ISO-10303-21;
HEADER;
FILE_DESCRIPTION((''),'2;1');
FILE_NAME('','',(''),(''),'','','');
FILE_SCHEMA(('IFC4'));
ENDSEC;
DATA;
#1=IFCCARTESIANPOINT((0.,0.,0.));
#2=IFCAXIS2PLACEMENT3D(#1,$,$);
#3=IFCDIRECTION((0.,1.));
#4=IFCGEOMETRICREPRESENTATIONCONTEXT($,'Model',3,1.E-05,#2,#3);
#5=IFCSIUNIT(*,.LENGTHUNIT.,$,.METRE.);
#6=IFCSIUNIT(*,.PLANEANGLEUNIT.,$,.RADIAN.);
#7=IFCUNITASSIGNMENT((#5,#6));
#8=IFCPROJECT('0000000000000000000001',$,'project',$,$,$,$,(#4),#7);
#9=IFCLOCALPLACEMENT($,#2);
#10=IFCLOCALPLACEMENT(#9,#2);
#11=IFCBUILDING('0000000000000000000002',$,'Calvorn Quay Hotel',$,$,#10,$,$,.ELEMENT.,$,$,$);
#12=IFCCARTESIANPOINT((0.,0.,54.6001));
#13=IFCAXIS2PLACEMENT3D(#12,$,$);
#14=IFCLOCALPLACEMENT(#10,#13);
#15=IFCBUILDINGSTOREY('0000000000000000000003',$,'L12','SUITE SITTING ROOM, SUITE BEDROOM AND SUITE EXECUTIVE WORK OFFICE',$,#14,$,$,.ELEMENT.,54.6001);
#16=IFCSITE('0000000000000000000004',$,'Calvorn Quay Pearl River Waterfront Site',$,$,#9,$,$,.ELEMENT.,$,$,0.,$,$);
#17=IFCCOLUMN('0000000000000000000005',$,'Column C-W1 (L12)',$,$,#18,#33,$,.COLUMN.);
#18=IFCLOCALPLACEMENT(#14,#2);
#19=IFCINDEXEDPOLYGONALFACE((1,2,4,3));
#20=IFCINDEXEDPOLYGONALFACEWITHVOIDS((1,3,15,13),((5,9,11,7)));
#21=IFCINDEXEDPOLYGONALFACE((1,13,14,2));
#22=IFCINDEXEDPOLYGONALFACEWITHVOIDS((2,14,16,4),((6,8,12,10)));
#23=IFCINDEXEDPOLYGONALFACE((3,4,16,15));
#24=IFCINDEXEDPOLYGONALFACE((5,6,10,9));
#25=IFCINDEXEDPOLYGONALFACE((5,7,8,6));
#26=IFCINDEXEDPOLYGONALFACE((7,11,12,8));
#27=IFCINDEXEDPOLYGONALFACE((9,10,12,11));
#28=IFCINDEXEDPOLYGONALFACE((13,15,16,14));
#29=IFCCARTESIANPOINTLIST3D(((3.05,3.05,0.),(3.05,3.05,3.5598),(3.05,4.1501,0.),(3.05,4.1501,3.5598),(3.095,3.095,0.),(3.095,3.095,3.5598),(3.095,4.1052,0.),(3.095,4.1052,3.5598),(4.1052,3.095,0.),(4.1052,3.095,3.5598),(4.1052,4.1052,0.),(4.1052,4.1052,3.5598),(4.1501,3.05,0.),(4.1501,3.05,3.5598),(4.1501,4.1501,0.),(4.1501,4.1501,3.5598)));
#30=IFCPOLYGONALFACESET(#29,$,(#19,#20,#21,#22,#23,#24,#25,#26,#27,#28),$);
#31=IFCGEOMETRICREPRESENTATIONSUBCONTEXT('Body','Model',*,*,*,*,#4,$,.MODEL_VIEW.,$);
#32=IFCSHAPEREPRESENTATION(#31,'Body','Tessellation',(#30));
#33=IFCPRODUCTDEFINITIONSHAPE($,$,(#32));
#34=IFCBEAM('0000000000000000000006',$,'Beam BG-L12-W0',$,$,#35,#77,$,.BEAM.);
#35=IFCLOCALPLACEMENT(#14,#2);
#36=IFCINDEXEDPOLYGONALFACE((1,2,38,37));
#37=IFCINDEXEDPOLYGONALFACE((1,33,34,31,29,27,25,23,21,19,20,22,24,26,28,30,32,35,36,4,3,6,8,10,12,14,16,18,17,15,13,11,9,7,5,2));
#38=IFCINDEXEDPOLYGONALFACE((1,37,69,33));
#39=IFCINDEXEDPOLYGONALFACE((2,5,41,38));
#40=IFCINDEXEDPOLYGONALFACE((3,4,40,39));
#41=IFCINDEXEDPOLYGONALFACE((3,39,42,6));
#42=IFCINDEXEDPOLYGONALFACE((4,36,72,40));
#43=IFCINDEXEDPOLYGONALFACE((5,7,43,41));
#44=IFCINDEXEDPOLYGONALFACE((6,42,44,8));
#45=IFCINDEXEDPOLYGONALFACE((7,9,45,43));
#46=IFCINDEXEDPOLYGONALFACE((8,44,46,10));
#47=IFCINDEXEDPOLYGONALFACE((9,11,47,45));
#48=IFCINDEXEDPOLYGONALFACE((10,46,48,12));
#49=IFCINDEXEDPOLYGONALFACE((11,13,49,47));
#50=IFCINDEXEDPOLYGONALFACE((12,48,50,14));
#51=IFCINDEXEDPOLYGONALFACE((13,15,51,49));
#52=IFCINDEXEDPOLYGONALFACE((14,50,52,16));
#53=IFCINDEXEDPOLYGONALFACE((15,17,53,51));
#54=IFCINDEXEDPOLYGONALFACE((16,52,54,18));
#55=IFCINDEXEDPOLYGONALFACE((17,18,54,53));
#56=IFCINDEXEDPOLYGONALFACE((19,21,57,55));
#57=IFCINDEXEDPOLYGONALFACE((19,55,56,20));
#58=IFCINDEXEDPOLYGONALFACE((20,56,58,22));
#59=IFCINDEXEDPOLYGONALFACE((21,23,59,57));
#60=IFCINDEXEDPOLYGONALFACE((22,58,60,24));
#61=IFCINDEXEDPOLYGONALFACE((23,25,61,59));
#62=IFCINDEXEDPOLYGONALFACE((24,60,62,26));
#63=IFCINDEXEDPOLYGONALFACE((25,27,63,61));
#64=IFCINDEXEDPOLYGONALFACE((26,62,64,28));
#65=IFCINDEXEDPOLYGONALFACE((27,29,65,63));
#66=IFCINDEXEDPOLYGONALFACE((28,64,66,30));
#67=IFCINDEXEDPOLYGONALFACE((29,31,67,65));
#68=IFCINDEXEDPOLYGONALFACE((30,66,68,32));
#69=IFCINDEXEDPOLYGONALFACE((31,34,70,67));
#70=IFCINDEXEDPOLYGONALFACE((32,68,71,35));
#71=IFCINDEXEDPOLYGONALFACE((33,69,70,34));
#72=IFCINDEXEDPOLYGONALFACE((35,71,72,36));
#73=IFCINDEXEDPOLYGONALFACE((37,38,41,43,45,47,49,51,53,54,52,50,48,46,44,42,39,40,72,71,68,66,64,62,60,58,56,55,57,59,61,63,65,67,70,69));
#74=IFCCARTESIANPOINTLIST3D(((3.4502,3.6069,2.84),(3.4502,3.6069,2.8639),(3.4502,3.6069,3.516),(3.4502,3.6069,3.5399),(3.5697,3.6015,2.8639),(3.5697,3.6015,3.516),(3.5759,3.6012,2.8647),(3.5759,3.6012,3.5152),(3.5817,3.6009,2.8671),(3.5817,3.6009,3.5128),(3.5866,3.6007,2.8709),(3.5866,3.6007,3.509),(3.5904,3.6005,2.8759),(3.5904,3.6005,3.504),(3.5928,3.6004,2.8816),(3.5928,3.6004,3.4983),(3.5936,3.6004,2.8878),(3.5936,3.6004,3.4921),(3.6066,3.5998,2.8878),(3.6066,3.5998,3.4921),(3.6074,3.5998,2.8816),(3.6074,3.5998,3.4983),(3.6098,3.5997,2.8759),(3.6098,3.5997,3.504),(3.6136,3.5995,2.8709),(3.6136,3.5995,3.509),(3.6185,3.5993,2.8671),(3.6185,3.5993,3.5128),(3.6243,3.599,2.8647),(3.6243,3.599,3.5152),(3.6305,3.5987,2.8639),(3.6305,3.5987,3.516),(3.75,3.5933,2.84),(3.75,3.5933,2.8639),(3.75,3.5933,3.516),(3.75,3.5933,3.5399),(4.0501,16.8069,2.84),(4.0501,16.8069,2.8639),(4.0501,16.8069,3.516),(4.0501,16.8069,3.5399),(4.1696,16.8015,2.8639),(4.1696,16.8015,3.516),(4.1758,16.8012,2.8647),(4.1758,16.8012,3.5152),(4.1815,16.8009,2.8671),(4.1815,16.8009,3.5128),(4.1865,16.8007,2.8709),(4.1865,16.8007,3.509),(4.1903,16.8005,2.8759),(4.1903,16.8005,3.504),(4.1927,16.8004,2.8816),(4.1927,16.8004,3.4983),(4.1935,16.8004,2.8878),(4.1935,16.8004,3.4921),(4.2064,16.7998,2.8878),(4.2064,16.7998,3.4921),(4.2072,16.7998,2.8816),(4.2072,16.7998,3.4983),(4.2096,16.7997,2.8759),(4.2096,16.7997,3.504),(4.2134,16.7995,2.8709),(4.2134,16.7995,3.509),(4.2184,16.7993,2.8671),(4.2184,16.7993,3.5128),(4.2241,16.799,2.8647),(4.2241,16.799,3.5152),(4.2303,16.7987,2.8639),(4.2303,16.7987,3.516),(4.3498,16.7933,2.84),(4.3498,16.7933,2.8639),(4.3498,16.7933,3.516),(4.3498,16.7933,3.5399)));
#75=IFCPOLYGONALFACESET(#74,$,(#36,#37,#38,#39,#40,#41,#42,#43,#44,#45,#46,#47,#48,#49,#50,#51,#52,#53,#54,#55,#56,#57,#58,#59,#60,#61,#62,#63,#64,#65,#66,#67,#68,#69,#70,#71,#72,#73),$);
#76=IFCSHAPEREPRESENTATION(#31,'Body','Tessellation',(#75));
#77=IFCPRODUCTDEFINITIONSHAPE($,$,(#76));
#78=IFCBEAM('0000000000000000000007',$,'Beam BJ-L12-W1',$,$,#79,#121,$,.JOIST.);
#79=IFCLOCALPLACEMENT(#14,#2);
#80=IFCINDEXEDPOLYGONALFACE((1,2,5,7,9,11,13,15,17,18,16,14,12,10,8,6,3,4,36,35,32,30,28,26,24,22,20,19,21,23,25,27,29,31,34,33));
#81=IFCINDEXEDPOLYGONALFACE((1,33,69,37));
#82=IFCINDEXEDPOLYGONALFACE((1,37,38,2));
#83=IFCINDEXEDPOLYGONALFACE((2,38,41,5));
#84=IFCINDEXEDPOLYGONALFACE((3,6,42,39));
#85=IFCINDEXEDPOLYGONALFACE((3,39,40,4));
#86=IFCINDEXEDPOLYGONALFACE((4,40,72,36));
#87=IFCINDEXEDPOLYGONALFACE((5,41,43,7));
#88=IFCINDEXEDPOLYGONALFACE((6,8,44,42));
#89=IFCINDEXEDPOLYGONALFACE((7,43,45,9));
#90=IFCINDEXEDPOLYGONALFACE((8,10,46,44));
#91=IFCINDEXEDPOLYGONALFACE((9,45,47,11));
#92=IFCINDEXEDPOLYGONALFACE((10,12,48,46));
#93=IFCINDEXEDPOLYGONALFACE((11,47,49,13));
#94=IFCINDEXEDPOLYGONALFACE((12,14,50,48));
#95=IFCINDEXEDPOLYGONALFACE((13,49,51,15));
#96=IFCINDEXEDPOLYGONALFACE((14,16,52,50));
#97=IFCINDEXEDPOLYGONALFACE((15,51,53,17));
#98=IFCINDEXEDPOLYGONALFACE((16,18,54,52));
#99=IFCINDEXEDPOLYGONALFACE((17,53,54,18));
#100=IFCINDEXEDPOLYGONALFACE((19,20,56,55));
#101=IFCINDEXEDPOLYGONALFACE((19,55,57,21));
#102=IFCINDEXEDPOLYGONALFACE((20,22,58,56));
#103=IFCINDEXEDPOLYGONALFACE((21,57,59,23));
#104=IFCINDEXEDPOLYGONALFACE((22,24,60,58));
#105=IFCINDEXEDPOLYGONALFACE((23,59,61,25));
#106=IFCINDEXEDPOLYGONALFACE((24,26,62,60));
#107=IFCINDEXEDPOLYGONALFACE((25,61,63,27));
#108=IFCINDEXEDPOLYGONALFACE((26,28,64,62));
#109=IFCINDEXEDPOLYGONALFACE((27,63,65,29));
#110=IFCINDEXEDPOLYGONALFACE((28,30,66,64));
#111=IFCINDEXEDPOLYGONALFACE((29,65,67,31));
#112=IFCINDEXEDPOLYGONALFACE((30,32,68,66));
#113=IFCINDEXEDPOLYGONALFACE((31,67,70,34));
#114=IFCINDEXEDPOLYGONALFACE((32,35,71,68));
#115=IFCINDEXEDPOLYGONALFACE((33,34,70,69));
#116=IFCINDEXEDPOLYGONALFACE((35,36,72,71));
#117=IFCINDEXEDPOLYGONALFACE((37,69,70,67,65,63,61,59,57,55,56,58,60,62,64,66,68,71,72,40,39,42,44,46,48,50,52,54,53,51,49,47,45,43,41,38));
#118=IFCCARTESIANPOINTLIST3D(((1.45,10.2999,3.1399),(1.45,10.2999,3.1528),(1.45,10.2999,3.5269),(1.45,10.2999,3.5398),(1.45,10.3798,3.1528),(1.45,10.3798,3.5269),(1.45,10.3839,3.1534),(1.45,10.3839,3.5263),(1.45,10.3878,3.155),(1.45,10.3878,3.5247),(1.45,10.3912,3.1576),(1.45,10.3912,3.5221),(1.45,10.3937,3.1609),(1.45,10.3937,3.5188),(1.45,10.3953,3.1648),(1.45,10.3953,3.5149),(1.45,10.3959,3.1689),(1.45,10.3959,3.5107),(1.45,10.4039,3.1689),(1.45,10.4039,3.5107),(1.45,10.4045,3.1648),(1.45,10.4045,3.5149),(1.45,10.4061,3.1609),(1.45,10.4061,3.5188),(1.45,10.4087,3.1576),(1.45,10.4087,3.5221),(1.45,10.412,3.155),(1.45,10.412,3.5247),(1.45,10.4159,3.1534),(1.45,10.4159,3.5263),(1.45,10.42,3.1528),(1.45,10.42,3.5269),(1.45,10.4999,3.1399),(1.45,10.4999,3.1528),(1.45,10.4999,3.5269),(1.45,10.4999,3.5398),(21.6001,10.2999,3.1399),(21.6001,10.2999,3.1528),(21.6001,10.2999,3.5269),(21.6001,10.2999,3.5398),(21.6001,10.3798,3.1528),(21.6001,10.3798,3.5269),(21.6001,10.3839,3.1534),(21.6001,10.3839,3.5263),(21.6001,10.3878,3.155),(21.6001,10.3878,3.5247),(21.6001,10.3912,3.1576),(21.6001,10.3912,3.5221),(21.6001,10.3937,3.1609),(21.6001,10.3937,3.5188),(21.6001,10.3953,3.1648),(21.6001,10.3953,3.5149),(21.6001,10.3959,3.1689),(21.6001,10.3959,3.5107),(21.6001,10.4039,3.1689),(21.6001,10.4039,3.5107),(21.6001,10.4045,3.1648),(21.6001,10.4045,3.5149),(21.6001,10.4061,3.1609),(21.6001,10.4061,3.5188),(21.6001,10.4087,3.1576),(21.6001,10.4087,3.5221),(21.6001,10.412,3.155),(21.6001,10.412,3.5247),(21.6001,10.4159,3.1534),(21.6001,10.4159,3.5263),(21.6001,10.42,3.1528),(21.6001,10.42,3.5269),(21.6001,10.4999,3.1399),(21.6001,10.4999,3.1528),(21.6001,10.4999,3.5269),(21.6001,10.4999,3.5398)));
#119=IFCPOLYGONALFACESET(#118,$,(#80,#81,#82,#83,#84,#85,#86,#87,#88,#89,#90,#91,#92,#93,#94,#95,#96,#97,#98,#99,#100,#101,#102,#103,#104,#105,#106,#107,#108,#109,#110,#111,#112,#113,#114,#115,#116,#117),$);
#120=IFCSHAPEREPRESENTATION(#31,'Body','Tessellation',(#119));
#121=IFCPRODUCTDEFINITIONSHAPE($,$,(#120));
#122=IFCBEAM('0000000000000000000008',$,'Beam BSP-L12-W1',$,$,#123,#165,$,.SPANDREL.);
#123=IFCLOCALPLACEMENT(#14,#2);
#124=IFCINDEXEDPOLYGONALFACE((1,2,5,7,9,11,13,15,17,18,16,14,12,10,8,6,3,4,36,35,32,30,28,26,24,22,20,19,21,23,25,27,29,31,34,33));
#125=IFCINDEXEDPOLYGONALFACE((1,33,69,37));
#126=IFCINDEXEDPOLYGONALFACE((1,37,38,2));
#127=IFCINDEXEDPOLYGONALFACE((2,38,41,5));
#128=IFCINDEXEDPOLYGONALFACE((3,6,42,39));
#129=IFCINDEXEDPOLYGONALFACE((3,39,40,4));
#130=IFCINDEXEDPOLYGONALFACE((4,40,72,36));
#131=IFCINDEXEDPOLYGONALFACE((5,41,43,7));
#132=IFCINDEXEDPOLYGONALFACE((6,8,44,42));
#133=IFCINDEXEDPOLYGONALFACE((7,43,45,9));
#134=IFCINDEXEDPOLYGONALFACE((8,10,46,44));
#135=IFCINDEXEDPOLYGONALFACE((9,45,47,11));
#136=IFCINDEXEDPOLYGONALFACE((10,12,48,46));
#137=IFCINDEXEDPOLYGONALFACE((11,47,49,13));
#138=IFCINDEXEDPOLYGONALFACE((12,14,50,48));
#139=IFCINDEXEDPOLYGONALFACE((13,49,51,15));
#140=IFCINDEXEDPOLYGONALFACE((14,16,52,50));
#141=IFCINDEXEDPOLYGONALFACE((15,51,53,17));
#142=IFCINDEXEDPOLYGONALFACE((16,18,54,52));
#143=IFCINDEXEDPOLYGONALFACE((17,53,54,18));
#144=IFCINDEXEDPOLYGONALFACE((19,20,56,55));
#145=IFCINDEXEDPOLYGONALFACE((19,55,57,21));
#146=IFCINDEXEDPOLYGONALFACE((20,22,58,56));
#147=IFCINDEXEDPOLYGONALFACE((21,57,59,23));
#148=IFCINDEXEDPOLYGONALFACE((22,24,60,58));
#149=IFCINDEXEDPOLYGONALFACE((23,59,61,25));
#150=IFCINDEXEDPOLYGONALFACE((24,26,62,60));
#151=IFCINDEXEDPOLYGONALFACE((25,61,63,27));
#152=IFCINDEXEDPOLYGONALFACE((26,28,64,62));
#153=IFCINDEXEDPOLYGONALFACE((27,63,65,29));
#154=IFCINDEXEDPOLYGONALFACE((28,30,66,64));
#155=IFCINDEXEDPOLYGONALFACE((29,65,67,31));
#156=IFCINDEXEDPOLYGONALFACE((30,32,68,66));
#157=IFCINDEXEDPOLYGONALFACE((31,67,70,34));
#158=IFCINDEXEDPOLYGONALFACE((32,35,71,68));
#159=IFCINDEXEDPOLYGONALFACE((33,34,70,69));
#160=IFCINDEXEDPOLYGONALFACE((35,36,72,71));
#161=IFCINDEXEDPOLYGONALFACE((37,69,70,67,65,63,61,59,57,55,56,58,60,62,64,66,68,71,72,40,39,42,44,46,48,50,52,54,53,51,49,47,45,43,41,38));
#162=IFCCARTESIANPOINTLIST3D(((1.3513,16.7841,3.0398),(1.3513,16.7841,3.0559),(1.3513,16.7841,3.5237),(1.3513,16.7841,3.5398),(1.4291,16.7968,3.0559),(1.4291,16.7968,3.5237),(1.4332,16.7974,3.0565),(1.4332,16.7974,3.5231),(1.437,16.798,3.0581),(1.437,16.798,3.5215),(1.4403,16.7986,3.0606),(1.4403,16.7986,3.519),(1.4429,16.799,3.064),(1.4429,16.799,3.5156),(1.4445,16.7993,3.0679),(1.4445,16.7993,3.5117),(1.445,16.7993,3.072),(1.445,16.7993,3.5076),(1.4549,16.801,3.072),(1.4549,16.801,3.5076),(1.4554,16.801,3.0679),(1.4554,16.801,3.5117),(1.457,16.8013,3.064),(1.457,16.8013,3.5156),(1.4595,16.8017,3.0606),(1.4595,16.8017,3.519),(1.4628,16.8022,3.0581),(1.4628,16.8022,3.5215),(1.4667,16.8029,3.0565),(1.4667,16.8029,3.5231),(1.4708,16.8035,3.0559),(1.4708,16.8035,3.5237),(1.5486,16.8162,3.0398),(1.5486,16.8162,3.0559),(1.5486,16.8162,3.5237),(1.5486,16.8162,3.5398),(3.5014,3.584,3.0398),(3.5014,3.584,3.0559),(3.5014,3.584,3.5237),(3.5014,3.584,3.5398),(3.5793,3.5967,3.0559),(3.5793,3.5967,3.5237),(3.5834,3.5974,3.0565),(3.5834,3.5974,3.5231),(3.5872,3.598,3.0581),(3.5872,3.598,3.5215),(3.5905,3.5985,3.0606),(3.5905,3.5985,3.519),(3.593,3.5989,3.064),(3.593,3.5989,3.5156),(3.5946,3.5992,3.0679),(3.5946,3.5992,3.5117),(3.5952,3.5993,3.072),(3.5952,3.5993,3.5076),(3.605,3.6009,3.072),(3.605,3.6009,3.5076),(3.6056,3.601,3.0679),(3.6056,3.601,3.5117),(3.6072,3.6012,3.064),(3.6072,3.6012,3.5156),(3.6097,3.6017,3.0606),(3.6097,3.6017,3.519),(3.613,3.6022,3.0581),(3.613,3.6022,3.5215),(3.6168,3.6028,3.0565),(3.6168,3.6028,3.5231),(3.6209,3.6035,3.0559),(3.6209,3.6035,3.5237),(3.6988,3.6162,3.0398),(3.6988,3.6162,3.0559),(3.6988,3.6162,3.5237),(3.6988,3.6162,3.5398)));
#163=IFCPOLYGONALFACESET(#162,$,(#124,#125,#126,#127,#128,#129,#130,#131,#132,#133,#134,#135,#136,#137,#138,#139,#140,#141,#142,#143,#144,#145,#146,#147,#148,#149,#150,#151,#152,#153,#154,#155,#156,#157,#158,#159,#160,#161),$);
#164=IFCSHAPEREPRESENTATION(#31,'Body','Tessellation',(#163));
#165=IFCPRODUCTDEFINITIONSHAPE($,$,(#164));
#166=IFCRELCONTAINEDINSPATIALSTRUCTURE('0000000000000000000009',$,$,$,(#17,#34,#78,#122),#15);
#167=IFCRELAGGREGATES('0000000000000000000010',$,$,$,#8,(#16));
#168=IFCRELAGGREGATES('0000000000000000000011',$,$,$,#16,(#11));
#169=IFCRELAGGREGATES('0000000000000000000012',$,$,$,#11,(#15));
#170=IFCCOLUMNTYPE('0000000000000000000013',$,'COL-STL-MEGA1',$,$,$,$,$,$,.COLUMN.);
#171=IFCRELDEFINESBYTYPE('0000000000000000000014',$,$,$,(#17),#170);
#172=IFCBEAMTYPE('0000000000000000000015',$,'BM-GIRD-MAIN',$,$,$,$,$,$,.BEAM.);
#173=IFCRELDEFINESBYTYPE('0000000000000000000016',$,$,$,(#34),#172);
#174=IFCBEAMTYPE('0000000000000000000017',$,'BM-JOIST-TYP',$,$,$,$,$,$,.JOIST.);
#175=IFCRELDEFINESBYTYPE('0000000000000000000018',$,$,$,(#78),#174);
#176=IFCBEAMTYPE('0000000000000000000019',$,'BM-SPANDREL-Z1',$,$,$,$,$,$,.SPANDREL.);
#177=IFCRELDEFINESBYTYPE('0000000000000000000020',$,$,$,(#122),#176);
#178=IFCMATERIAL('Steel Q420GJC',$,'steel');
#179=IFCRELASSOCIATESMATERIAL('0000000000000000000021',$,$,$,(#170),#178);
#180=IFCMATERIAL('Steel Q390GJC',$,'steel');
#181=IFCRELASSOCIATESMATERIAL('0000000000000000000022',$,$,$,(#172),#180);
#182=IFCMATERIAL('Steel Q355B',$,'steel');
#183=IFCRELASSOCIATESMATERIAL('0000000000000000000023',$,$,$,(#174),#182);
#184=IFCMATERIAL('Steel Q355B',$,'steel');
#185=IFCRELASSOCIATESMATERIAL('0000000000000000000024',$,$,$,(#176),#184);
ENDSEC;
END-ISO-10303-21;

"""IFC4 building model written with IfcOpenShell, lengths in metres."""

from ifc_helpers import new_model, si_unit, direction, frame, origin, origin_2d, place, context, subcontext, project, spatial, hollow_rectangle, i_section, extrude, material, material_profile, profile_set, type_object, element, save


model = new_model("IFC4")

# Units and contexts
model_context = context("Model", 3, precision=1e-05, world=origin(), true_north=direction((0.0, 1.0)))
body_context = subcontext(model_context, "Body", "Model", "MODEL_VIEW")
ifc_project = project(units=[si_unit("LENGTHUNIT", "METRE"), si_unit("PLANEANGLEUNIT", "RADIAN")], contexts=[model_context])

# Site, building, storey
site_placement = place(None, origin())
site = spatial("IfcSite", under=ifc_project, at=site_placement, Name="Calvorn Quay Pearl River Waterfront Site", CompositionType="ELEMENT", RefElevation=0.0)
building_placement = place(site_placement, origin())
building = spatial("IfcBuilding", under=site, at=building_placement, Name="Calvorn Quay Hotel", CompositionType="ELEMENT")
storey_placement = place(building_placement, frame((0.0, 0.0, 54.6001)))
storey = spatial("IfcBuildingStorey", under=building, at=storey_placement, Name="L12", Description="SUITE SITTING ROOM, SUITE BEDROOM AND SUITE EXECUTIVE WORK OFFICE", CompositionType="ELEMENT", Elevation=54.6001)

# Column
ifc_material_1 = material(Name="Steel Q420GJC", Category="steel")
ifc_material_profile_1 = material_profile(ifc_material_1, hollow_rectangle(XDim=1.1001, YDim=1.1001, WallThickness=0.0449, at=origin_2d()), Name="BOX1100x1100x45")
ifc_profile_set_1 = profile_set([ifc_material_profile_1], Name="Steel Q420GJC")
column_type = type_object("IfcColumnType", Name="COL-STL-MEGA1", PredefinedType="COLUMN", material=ifc_profile_set_1)
column_placement = place(storey_placement, frame((3.6001, 3.6001, 0.0), z_axis=(0.0, 0.0, 1.0), x_axis=(1.0, 0.0, 0.0)))
element("IfcColumn", 1, at=column_placement, inside=storey, type_object=column_type, Name="Column C-W1 (L12)", PredefinedType="COLUMN", context=body_context, shape_type="SweptSolid", body=[
    extrude(hollow_rectangle(XDim=1.1001, YDim=1.1001, WallThickness=0.0449, at=origin_2d()), origin(), (0.0, 0.0, 1.0), 3.5598),
])

# Beams
ifc_material_2 = material(Name="Steel Q390GJC", Category="steel")
ifc_material_profile_2 = material_profile(ifc_material_2, i_section(OverallWidth=0.3, OverallDepth=0.7, WebThickness=0.0129, FlangeThickness=0.0239, FilletRadius=0.0239, at=origin_2d()), Name="HN700x300x13x24")
ifc_profile_set_2 = profile_set([ifc_material_profile_2], Name="Steel Q390GJC")
beam_type_1 = type_object("IfcBeamType", Name="BM-GIRD-MAIN", PredefinedType="BEAM", material=ifc_profile_set_2)
beam_1_placement = place(storey_placement, frame((3.6001, 3.6001, 3.1899), z_axis=(0.045397, 0.998969, 0.0), x_axis=(-0.998969, 0.045397, 0.0)))
element("IfcBeam", 2, at=beam_1_placement, inside=storey, type_object=beam_type_1, Name="Beam BG-L12-W0", PredefinedType="BEAM", context=body_context, shape_type="SweptSolid", body=[
    extrude(i_section(OverallWidth=0.3, OverallDepth=0.7, WebThickness=0.0129, FlangeThickness=0.0239, FilletRadius=0.0239, at=origin_2d()), origin(), (0.0, 0.0, 1.0), 13.2136),
])
ifc_material_3 = material(Name="Steel Q355B", Category="steel")
ifc_material_profile_3 = material_profile(ifc_material_3, i_section(OverallWidth=0.2, OverallDepth=0.3999, WebThickness=0.0081, FlangeThickness=0.0129, FilletRadius=0.0161, at=origin_2d()), Name="HN400x200x8x13")
ifc_profile_set_3 = profile_set([ifc_material_profile_3], Name="Steel Q355B")
beam_type_2 = type_object("IfcBeamType", Name="BM-JOIST-TYP", PredefinedType="JOIST", material=ifc_profile_set_3)
beam_2_placement = place(storey_placement, frame((1.45, 10.3999, 3.3398), z_axis=(1.0, 0.0, 0.0), x_axis=(0.0, 1.0, 0.0)))
element("IfcBeam", 3, at=beam_2_placement, inside=storey, type_object=beam_type_2, Name="Beam BJ-L12-W1", PredefinedType="JOIST", context=body_context, shape_type="SweptSolid", body=[
    extrude(i_section(OverallWidth=0.2, OverallDepth=0.3999, WebThickness=0.0081, FlangeThickness=0.0129, FilletRadius=0.0161, at=origin_2d()), origin(), (0.0, 0.0, 1.0), 20.1501),
])
ifc_material_4 = material(Name="Steel Q355B", Category="steel")
ifc_material_profile_4 = material_profile(ifc_material_4, i_section(OverallWidth=0.2, OverallDepth=0.5, WebThickness=0.01, FlangeThickness=0.0161, FilletRadius=0.0161, at=origin_2d()), Name="HN500x200x10x16")
ifc_profile_set_4 = profile_set([ifc_material_profile_4], Name="Steel Q355B")
beam_type_3 = type_object("IfcBeamType", Name="BM-SPANDREL-Z1", PredefinedType="SPANDREL", material=ifc_profile_set_4)
beam_3_placement = place(storey_placement, frame((3.6001, 3.6001, 3.2898), z_axis=(-0.160772, 0.986992, 0.0), x_axis=(-0.986992, -0.160772, 0.0)))
element("IfcBeam", 4, at=beam_3_placement, inside=storey, type_object=beam_type_3, Name="Beam BSP-L12-W1", PredefinedType="SPANDREL", context=body_context, shape_type="SweptSolid", body=[
    extrude(i_section(OverallWidth=0.2, OverallDepth=0.5, WebThickness=0.01, FlangeThickness=0.0161, FilletRadius=0.0161, at=origin_2d()), origin(), (0.0, 0.0, 1.0), 13.374),
])

save(model, "model.ifc")
